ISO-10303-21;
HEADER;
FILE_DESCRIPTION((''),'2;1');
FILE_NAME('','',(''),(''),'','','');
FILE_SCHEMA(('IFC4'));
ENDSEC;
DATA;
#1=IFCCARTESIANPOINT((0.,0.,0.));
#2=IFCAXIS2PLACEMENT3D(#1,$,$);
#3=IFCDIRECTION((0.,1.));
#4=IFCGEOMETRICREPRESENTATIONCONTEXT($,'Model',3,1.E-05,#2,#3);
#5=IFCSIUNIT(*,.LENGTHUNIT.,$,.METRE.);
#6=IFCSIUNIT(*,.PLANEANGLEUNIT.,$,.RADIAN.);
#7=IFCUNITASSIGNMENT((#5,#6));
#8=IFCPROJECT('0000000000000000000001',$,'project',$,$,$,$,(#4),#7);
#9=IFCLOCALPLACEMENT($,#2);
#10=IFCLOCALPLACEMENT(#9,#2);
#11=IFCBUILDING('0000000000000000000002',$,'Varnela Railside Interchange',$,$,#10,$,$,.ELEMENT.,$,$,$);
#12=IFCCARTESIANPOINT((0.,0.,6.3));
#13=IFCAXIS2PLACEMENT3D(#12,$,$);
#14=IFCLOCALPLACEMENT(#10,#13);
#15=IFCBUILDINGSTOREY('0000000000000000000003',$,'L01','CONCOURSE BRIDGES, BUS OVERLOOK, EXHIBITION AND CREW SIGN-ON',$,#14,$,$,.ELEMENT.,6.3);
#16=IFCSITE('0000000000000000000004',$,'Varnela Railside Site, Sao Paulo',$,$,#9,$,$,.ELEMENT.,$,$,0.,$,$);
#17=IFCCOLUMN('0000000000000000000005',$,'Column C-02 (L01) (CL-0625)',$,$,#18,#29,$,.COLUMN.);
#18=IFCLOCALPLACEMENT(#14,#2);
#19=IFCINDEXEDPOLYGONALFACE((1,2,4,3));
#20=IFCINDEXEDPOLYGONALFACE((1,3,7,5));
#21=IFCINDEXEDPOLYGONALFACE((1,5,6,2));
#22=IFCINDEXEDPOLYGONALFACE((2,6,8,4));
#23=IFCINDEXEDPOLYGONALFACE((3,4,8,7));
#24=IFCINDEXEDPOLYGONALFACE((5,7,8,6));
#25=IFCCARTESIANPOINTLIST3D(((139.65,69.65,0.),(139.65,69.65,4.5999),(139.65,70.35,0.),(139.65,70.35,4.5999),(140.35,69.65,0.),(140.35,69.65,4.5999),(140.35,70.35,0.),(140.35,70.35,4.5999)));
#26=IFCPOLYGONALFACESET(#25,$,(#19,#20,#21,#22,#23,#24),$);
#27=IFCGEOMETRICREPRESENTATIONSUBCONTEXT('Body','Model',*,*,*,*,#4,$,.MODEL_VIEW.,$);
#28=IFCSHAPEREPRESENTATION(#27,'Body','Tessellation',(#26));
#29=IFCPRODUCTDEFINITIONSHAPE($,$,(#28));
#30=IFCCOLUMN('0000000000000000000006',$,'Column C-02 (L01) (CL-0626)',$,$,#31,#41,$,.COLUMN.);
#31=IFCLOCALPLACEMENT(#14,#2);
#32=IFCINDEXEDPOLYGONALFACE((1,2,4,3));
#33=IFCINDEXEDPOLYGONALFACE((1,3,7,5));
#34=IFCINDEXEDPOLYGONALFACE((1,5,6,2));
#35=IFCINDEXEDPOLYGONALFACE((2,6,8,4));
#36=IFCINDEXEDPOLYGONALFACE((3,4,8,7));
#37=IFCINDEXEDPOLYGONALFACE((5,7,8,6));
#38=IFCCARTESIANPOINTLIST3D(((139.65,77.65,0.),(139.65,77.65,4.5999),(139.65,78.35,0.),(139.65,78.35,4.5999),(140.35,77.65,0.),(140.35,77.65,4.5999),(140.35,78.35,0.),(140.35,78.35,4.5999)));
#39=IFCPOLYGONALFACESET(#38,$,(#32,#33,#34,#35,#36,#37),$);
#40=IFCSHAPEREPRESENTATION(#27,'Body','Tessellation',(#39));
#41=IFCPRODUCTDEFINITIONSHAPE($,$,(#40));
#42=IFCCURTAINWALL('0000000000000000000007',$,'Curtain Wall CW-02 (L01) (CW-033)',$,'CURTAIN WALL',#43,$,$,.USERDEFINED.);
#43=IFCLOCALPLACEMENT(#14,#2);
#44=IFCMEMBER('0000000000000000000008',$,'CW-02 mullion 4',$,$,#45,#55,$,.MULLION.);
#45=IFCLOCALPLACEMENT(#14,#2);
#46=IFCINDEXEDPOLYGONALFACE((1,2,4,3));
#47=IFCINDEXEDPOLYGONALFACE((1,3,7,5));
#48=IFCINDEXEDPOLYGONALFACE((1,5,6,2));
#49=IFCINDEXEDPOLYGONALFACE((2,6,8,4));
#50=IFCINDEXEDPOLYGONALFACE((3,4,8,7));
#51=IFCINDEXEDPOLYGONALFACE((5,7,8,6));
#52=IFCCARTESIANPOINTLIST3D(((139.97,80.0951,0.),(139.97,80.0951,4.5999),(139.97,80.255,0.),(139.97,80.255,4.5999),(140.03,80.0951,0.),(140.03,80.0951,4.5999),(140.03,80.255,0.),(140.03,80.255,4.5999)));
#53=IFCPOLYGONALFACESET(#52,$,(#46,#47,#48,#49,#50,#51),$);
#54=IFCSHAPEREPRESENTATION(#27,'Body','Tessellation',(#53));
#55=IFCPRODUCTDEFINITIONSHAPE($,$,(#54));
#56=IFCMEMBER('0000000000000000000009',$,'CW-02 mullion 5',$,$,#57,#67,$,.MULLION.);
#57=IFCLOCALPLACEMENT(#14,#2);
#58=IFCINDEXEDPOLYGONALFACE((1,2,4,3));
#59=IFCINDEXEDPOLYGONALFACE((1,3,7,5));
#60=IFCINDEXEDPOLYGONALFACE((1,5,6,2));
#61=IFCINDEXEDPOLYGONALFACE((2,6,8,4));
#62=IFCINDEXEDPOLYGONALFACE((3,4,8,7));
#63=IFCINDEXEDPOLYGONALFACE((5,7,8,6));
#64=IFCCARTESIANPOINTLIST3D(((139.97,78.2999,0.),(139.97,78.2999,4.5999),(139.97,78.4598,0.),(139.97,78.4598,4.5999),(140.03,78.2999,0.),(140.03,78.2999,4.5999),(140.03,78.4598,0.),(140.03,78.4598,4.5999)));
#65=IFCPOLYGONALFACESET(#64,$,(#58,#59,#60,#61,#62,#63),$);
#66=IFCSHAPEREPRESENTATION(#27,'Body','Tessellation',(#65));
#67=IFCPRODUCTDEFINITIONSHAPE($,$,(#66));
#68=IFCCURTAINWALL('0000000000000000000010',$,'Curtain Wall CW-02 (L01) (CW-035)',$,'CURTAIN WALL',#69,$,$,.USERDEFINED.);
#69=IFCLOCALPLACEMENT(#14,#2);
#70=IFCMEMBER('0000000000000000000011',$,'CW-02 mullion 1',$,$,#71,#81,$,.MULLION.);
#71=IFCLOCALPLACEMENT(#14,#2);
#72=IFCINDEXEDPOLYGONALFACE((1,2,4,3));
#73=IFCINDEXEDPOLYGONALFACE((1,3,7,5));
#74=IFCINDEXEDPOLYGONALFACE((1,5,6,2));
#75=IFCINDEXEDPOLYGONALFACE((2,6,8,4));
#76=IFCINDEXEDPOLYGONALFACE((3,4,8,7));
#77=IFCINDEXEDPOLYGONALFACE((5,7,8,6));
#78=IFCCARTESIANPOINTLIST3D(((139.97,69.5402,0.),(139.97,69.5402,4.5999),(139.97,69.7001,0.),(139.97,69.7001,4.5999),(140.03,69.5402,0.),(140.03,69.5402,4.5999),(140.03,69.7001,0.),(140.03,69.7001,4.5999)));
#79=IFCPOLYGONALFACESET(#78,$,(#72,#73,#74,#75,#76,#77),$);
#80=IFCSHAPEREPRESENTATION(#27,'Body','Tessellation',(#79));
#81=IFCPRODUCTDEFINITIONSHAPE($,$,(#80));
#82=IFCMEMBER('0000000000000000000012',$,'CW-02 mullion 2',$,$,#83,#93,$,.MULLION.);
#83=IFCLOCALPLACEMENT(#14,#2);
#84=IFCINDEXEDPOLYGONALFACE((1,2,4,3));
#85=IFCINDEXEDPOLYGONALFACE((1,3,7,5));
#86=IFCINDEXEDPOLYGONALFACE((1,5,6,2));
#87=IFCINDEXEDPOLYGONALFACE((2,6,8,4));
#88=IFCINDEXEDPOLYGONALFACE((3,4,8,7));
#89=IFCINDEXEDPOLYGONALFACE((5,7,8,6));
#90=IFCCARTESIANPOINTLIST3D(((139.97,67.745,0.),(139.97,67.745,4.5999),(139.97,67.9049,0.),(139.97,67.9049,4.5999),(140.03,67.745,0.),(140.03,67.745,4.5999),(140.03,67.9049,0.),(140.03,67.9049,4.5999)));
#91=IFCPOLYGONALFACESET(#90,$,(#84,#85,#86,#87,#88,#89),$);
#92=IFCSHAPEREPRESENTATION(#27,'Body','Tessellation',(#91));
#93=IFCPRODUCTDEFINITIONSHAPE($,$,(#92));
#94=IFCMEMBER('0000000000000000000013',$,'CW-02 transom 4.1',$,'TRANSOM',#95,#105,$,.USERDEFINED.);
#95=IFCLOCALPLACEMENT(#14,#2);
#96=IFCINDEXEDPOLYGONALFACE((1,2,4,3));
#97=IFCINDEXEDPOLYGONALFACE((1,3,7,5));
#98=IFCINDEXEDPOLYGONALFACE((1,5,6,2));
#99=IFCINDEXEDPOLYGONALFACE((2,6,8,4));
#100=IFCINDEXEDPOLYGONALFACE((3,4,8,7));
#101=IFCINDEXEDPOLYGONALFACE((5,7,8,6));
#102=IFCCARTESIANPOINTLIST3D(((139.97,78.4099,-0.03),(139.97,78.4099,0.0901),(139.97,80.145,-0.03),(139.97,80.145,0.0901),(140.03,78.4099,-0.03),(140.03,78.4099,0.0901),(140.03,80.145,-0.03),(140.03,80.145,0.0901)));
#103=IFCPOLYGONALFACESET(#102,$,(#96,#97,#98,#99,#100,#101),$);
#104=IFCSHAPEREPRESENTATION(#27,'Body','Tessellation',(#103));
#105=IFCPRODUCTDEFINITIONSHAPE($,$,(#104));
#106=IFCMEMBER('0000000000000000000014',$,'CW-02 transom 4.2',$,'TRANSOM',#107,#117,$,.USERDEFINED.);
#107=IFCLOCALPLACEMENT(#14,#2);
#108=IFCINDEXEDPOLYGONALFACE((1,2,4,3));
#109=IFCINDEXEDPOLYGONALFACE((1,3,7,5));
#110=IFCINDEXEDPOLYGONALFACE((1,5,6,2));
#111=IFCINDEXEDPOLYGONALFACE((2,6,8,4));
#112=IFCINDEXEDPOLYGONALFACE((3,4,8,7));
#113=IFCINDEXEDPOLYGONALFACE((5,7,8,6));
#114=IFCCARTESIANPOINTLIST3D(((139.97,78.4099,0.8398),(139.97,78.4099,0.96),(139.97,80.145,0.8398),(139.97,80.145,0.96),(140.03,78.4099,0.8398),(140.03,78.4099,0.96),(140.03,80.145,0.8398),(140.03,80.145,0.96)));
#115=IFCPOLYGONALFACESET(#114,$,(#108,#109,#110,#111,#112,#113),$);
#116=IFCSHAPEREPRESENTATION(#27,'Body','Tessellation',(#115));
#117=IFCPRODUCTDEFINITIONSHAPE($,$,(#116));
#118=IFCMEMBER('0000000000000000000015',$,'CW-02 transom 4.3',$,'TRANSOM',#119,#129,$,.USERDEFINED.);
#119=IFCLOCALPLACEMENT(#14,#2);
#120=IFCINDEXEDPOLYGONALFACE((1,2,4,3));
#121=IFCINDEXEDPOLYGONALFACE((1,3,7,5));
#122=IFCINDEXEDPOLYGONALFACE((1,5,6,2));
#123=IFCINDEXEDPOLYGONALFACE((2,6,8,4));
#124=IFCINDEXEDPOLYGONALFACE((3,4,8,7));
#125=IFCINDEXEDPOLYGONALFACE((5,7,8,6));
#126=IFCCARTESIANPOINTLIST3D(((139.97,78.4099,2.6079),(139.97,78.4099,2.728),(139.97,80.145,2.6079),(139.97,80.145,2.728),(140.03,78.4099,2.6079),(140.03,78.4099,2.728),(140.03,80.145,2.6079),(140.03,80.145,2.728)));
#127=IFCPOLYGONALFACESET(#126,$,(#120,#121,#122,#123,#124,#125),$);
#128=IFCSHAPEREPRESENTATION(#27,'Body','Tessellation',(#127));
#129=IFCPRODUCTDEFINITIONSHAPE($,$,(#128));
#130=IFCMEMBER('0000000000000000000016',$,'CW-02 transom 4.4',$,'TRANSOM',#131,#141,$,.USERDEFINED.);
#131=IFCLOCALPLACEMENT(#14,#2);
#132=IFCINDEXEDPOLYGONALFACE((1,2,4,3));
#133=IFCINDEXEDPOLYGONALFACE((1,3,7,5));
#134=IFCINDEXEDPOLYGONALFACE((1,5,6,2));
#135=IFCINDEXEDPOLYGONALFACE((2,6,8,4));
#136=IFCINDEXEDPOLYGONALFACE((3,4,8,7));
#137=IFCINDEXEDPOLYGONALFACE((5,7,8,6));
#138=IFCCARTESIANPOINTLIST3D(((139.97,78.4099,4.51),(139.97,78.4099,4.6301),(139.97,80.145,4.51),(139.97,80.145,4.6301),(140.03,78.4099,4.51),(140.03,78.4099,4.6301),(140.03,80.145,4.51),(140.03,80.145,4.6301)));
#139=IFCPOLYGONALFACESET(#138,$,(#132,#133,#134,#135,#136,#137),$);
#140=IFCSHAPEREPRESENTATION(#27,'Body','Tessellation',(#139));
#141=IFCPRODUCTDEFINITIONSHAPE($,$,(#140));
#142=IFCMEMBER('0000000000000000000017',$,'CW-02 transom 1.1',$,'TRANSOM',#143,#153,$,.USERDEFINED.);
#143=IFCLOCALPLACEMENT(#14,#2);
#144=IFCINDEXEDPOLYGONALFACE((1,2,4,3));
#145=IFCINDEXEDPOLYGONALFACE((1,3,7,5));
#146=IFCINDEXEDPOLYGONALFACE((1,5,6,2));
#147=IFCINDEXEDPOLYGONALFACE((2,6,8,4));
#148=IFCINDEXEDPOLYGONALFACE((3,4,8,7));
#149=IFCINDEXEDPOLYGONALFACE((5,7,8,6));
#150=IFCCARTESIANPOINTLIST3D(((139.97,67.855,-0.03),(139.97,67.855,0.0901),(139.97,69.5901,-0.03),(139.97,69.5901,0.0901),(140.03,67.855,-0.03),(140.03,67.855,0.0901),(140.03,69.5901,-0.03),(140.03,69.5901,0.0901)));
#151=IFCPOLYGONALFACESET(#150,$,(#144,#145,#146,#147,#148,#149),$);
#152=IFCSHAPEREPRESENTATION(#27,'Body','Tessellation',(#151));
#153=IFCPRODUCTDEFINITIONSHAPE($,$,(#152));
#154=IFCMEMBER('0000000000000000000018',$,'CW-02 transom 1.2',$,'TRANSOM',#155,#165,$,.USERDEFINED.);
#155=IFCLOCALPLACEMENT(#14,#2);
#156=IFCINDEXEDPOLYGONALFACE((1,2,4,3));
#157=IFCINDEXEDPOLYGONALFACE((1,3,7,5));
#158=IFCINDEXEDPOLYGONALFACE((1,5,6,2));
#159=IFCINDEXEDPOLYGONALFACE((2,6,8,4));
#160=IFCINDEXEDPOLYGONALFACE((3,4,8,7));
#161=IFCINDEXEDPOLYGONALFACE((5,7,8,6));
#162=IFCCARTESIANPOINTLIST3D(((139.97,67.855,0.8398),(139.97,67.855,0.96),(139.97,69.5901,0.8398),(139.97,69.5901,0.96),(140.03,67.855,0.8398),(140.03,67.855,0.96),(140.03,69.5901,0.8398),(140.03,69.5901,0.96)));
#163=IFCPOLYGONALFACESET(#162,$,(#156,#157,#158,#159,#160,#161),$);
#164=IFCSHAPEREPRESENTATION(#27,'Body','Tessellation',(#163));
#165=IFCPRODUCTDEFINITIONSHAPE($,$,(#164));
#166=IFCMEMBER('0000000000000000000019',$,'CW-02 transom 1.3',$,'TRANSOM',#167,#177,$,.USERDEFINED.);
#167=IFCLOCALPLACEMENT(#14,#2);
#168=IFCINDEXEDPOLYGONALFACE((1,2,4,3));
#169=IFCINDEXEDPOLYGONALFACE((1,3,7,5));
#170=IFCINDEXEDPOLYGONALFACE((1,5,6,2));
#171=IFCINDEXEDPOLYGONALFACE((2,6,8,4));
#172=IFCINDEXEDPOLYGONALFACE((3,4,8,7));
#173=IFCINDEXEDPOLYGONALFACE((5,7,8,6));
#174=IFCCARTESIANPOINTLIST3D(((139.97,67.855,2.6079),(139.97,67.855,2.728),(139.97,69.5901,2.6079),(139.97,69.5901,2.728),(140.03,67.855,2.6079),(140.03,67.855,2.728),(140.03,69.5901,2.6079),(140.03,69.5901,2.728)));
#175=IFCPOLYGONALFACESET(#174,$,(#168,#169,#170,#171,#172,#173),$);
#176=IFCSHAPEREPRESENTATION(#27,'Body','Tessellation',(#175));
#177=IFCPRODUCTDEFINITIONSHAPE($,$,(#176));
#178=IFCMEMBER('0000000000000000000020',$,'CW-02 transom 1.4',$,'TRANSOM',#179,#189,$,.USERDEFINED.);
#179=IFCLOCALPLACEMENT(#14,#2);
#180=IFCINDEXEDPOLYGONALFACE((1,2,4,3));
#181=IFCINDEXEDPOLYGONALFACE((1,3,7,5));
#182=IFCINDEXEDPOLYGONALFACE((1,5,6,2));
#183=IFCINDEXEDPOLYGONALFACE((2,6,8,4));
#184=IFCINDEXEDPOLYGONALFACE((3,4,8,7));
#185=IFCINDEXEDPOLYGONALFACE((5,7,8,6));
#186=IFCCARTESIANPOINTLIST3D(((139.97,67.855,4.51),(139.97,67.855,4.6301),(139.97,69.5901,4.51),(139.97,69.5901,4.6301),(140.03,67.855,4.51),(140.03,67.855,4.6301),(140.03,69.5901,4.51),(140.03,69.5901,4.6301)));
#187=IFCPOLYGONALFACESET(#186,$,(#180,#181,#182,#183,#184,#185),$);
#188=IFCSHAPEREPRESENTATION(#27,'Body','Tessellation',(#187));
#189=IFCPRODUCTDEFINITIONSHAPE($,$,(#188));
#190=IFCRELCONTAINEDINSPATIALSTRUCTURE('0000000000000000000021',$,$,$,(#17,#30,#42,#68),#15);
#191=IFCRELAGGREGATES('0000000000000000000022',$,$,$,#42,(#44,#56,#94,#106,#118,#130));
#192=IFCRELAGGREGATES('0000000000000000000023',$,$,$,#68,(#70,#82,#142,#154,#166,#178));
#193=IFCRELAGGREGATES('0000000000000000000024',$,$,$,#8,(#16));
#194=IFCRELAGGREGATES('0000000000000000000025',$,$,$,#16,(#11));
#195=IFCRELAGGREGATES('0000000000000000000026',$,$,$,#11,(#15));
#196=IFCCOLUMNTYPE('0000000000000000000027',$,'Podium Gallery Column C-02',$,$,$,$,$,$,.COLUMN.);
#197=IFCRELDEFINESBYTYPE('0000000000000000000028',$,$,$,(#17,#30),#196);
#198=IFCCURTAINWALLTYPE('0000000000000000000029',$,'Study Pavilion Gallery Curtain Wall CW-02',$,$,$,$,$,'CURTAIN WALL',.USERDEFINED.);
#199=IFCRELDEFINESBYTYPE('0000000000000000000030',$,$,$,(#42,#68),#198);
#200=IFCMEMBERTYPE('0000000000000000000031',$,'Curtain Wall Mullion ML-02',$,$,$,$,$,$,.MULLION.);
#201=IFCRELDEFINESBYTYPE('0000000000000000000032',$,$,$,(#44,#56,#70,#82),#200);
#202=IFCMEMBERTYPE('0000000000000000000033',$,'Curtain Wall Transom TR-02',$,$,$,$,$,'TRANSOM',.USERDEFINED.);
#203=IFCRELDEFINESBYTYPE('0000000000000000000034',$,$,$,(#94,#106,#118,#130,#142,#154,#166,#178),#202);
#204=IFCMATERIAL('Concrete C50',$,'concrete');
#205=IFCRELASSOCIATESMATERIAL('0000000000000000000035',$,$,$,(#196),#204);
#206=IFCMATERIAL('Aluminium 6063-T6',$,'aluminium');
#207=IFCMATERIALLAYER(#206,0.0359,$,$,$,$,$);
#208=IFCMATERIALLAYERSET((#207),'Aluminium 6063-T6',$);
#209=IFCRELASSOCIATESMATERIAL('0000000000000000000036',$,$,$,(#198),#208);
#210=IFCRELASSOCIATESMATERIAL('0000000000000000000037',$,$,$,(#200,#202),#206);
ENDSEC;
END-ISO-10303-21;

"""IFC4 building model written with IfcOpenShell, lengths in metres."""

from ifc_helpers import new_model, si_unit, direction, frame, origin, origin_2d, place, context, subcontext, project, spatial, rectangle, extrude, material, layer, layer_set, material_profile, profile_set, type_object, element, aggregate, save


model = new_model("IFC4")

# Units and contexts
model_context = context("Model", 3, precision=1e-05, world=origin(), true_north=direction((0.0, 1.0)))
body_context = subcontext(model_context, "Body", "Model", "MODEL_VIEW")
ifc_project = project(units=[si_unit("LENGTHUNIT", "METRE"), si_unit("PLANEANGLEUNIT", "RADIAN")], contexts=[model_context])

# Site, building, storey
site_placement = place(None, origin())
site = spatial("IfcSite", under=ifc_project, at=site_placement, Name="Varnela Railside Site, Sao Paulo", CompositionType="ELEMENT", RefElevation=0.0)
building_placement = place(site_placement, origin())
building = spatial("IfcBuilding", under=site, at=building_placement, Name="Varnela Railside Interchange", CompositionType="ELEMENT")
storey_placement = place(building_placement, frame((0.0, 0.0, 6.3)))
storey = spatial("IfcBuildingStorey", under=building, at=storey_placement, Name="L01", Description="CONCOURSE BRIDGES, BUS OVERLOOK, EXHIBITION AND CREW SIGN-ON", CompositionType="ELEMENT", Elevation=6.3)

# Columns
ifc_material_1 = material(Name="Concrete C50", Category="concrete")
ifc_material_profile_1 = material_profile(ifc_material_1, rectangle(XDim=0.7, YDim=0.7, at=origin_2d()), Name="RC 700x700")
ifc_profile_set_1 = profile_set([ifc_material_profile_1], Name="Concrete C50")
column_type = type_object("IfcColumnType", Name="Podium Gallery Column C-02", PredefinedType="COLUMN", material=ifc_profile_set_1)
for number, where, z_axis, x_axis, name in (
    (1, (140.0, 70.0, 0.0), (0.0, 0.0, 1.0), (1.0, 0.0, 0.0), "Column C-02 (L01) (CL-0625)"),
    (2, (140.0, 78.0, 0.0), (0.0, 0.0, 1.0), (1.0, 0.0, 0.0), "Column C-02 (L01) (CL-0626)"),
):
    element("IfcColumn", number, at=place(storey_placement, frame(where, z_axis=z_axis, x_axis=x_axis)), inside=storey, type_object=column_type, Name=name, PredefinedType="COLUMN", context=body_context, shape_type="SweptSolid", body=[
        extrude(rectangle(XDim=0.7, YDim=0.7, at=origin_2d()), origin(), (0.0, 0.0, 1.0), 4.5999),
    ])

# Curtain walls, members
ifc_material_2 = material(Name="Aluminium 6063-T6", Category="aluminium")
ifc_layer_1 = layer(ifc_material_2, 0.0359)
ifc_layer_set_1 = layer_set([ifc_layer_1], Name="Aluminium 6063-T6")
curtain_wall_type = type_object("IfcCurtainWallType", Name="Study Pavilion Gallery Curtain Wall CW-02", ElementType="CURTAIN WALL", PredefinedType="USERDEFINED", material=ifc_layer_set_1)
curtain_wall_1_placement = place(storey_placement, origin())
curtain_wall_1 = element("IfcCurtainWall", 3, at=curtain_wall_1_placement, inside=storey, type_object=curtain_wall_type, Name="Curtain Wall CW-02 (L01) (CW-033)", ObjectType="CURTAIN WALL", PredefinedType="USERDEFINED")
ifc_material_profile_2 = material_profile(ifc_material_2, rectangle(XDim=0.0601, YDim=0.1599, at=origin_2d()), Name="ALU 60x160")
ifc_profile_set_2 = profile_set([ifc_material_profile_2], Name="Aluminium 6063-T6")
member_type_1 = type_object("IfcMemberType", Name="Curtain Wall Mullion ML-02", PredefinedType="MULLION", material=ifc_profile_set_2)
member_1_placement = place(storey_placement, frame((140.0, 80.175, 0.0), z_axis=(0.0, 0.0, 1.0), x_axis=(1.0, 0.0, 0.0)))
member_1 = element("IfcMember", 4, at=member_1_placement, type_object=member_type_1, Name="CW-02 mullion 4", PredefinedType="MULLION", context=body_context, shape_type="SweptSolid", body=[
    extrude(rectangle(XDim=0.0601, YDim=0.1599, at=origin_2d()), origin(), (0.0, 0.0, 1.0), 4.5999),
])
member_2_placement = place(storey_placement, frame((140.0, 78.3799, 0.0), z_axis=(0.0, 0.0, 1.0), x_axis=(1.0, 0.0, 0.0)))
member_2 = element("IfcMember", 5, at=member_2_placement, type_object=member_type_1, Name="CW-02 mullion 5", PredefinedType="MULLION", context=body_context, shape_type="SweptSolid", body=[
    extrude(rectangle(XDim=0.0601, YDim=0.1599, at=origin_2d()), origin(), (0.0, 0.0, 1.0), 4.5999),
])
curtain_wall_2_placement = place(storey_placement, origin())
curtain_wall_2 = element("IfcCurtainWall", 6, at=curtain_wall_2_placement, inside=storey, type_object=curtain_wall_type, Name="Curtain Wall CW-02 (L01) (CW-035)", ObjectType="CURTAIN WALL", PredefinedType="USERDEFINED")
member_3_placement = place(storey_placement, frame((140.0, 69.6201, 0.0), z_axis=(0.0, 0.0, 1.0), x_axis=(1.0, 0.0, 0.0)))
member_3 = element("IfcMember", 7, at=member_3_placement, type_object=member_type_1, Name="CW-02 mullion 1", PredefinedType="MULLION", context=body_context, shape_type="SweptSolid", body=[
    extrude(rectangle(XDim=0.0601, YDim=0.1599, at=origin_2d()), origin(), (0.0, 0.0, 1.0), 4.5999),
])
member_4_placement = place(storey_placement, frame((140.0, 67.825, 0.0), z_axis=(0.0, 0.0, 1.0), x_axis=(1.0, 0.0, 0.0)))
member_4 = element("IfcMember", 8, at=member_4_placement, type_object=member_type_1, Name="CW-02 mullion 2", PredefinedType="MULLION", context=body_context, shape_type="SweptSolid", body=[
    extrude(rectangle(XDim=0.0601, YDim=0.1599, at=origin_2d()), origin(), (0.0, 0.0, 1.0), 4.5999),
])

# Members
ifc_material_profile_3 = material_profile(ifc_material_2, rectangle(XDim=0.0601, YDim=0.1201, at=origin_2d()), Name="ALU 60x120")
ifc_profile_set_3 = profile_set([ifc_material_profile_3], Name="Aluminium 6063-T6")
member_type_2 = type_object("IfcMemberType", Name="Curtain Wall Transom TR-02", ElementType="TRANSOM", PredefinedType="USERDEFINED", material=ifc_profile_set_3)
member_5_placement = place(storey_placement, frame((140.0, 80.145, 0.03), z_axis=(0.0, -1.0, 0.0), x_axis=(1.0, 0.0, 0.0)))
member_5 = element("IfcMember", 9, at=member_5_placement, type_object=member_type_2, Name="CW-02 transom 4.1", ObjectType="TRANSOM", PredefinedType="USERDEFINED", context=body_context, shape_type="SweptSolid", body=[
    extrude(rectangle(XDim=0.0601, YDim=0.1201, at=origin_2d()), origin(), (0.0, 0.0, 1.0), 1.7351),
])
member_6_placement = place(storey_placement, frame((140.0, 80.145, 0.8999), z_axis=(0.0, -1.0, 0.0), x_axis=(1.0, 0.0, 0.0)))
member_6 = element("IfcMember", 10, at=member_6_placement, type_object=member_type_2, Name="CW-02 transom 4.2", ObjectType="TRANSOM", PredefinedType="USERDEFINED", context=body_context, shape_type="SweptSolid", body=[
    extrude(rectangle(XDim=0.0601, YDim=0.1201, at=origin_2d()), origin(), (0.0, 0.0, 1.0), 1.7351),
])
member_7_placement = place(storey_placement, frame((140.0, 80.145, 2.668), z_axis=(0.0, -1.0, 0.0), x_axis=(1.0, 0.0, 0.0)))
member_7 = element("IfcMember", 11, at=member_7_placement, type_object=member_type_2, Name="CW-02 transom 4.3", ObjectType="TRANSOM", PredefinedType="USERDEFINED", context=body_context, shape_type="SweptSolid", body=[
    extrude(rectangle(XDim=0.0601, YDim=0.1201, at=origin_2d()), origin(), (0.0, 0.0, 1.0), 1.7351),
])
member_8_placement = place(storey_placement, frame((140.0, 80.145, 4.5701), z_axis=(0.0, -1.0, 0.0), x_axis=(1.0, 0.0, 0.0)))
member_8 = element("IfcMember", 12, at=member_8_placement, type_object=member_type_2, Name="CW-02 transom 4.4", ObjectType="TRANSOM", PredefinedType="USERDEFINED", context=body_context, shape_type="SweptSolid", body=[
    extrude(rectangle(XDim=0.0601, YDim=0.1201, at=origin_2d()), origin(), (0.0, 0.0, 1.0), 1.7351),
])
member_9_placement = place(storey_placement, frame((140.0, 69.5901, 0.03), z_axis=(0.0, -1.0, 0.0), x_axis=(1.0, 0.0, 0.0)))
member_9 = element("IfcMember", 13, at=member_9_placement, type_object=member_type_2, Name="CW-02 transom 1.1", ObjectType="TRANSOM", PredefinedType="USERDEFINED", context=body_context, shape_type="SweptSolid", body=[
    extrude(rectangle(XDim=0.0601, YDim=0.1201, at=origin_2d()), origin(), (0.0, 0.0, 1.0), 1.7351),
])
member_10_placement = place(storey_placement, frame((140.0, 69.5901, 0.8999), z_axis=(0.0, -1.0, 0.0), x_axis=(1.0, 0.0, 0.0)))
member_10 = element("IfcMember", 14, at=member_10_placement, type_object=member_type_2, Name="CW-02 transom 1.2", ObjectType="TRANSOM", PredefinedType="USERDEFINED", context=body_context, shape_type="SweptSolid", body=[
    extrude(rectangle(XDim=0.0601, YDim=0.1201, at=origin_2d()), origin(), (0.0, 0.0, 1.0), 1.7351),
])
member_11_placement = place(storey_placement, frame((140.0, 69.5901, 2.668), z_axis=(0.0, -1.0, 0.0), x_axis=(1.0, 0.0, 0.0)))
member_11 = element("IfcMember", 15, at=member_11_placement, type_object=member_type_2, Name="CW-02 transom 1.3", ObjectType="TRANSOM", PredefinedType="USERDEFINED", context=body_context, shape_type="SweptSolid", body=[
    extrude(rectangle(XDim=0.0601, YDim=0.1201, at=origin_2d()), origin(), (0.0, 0.0, 1.0), 1.7351),
])
member_12_placement = place(storey_placement, frame((140.0, 69.5901, 4.5701), z_axis=(0.0, -1.0, 0.0), x_axis=(1.0, 0.0, 0.0)))
member_12 = element("IfcMember", 16, at=member_12_placement, type_object=member_type_2, Name="CW-02 transom 1.4", ObjectType="TRANSOM", PredefinedType="USERDEFINED", context=body_context, shape_type="SweptSolid", body=[
    extrude(rectangle(XDim=0.0601, YDim=0.1201, at=origin_2d()), origin(), (0.0, 0.0, 1.0), 1.7351),
])

aggregate(curtain_wall_1, [member_1, member_2, member_5, member_6, member_7, member_8])
aggregate(curtain_wall_2, [member_3, member_4, member_9, member_10, member_11, member_12])

save(model, "model.ifc")
